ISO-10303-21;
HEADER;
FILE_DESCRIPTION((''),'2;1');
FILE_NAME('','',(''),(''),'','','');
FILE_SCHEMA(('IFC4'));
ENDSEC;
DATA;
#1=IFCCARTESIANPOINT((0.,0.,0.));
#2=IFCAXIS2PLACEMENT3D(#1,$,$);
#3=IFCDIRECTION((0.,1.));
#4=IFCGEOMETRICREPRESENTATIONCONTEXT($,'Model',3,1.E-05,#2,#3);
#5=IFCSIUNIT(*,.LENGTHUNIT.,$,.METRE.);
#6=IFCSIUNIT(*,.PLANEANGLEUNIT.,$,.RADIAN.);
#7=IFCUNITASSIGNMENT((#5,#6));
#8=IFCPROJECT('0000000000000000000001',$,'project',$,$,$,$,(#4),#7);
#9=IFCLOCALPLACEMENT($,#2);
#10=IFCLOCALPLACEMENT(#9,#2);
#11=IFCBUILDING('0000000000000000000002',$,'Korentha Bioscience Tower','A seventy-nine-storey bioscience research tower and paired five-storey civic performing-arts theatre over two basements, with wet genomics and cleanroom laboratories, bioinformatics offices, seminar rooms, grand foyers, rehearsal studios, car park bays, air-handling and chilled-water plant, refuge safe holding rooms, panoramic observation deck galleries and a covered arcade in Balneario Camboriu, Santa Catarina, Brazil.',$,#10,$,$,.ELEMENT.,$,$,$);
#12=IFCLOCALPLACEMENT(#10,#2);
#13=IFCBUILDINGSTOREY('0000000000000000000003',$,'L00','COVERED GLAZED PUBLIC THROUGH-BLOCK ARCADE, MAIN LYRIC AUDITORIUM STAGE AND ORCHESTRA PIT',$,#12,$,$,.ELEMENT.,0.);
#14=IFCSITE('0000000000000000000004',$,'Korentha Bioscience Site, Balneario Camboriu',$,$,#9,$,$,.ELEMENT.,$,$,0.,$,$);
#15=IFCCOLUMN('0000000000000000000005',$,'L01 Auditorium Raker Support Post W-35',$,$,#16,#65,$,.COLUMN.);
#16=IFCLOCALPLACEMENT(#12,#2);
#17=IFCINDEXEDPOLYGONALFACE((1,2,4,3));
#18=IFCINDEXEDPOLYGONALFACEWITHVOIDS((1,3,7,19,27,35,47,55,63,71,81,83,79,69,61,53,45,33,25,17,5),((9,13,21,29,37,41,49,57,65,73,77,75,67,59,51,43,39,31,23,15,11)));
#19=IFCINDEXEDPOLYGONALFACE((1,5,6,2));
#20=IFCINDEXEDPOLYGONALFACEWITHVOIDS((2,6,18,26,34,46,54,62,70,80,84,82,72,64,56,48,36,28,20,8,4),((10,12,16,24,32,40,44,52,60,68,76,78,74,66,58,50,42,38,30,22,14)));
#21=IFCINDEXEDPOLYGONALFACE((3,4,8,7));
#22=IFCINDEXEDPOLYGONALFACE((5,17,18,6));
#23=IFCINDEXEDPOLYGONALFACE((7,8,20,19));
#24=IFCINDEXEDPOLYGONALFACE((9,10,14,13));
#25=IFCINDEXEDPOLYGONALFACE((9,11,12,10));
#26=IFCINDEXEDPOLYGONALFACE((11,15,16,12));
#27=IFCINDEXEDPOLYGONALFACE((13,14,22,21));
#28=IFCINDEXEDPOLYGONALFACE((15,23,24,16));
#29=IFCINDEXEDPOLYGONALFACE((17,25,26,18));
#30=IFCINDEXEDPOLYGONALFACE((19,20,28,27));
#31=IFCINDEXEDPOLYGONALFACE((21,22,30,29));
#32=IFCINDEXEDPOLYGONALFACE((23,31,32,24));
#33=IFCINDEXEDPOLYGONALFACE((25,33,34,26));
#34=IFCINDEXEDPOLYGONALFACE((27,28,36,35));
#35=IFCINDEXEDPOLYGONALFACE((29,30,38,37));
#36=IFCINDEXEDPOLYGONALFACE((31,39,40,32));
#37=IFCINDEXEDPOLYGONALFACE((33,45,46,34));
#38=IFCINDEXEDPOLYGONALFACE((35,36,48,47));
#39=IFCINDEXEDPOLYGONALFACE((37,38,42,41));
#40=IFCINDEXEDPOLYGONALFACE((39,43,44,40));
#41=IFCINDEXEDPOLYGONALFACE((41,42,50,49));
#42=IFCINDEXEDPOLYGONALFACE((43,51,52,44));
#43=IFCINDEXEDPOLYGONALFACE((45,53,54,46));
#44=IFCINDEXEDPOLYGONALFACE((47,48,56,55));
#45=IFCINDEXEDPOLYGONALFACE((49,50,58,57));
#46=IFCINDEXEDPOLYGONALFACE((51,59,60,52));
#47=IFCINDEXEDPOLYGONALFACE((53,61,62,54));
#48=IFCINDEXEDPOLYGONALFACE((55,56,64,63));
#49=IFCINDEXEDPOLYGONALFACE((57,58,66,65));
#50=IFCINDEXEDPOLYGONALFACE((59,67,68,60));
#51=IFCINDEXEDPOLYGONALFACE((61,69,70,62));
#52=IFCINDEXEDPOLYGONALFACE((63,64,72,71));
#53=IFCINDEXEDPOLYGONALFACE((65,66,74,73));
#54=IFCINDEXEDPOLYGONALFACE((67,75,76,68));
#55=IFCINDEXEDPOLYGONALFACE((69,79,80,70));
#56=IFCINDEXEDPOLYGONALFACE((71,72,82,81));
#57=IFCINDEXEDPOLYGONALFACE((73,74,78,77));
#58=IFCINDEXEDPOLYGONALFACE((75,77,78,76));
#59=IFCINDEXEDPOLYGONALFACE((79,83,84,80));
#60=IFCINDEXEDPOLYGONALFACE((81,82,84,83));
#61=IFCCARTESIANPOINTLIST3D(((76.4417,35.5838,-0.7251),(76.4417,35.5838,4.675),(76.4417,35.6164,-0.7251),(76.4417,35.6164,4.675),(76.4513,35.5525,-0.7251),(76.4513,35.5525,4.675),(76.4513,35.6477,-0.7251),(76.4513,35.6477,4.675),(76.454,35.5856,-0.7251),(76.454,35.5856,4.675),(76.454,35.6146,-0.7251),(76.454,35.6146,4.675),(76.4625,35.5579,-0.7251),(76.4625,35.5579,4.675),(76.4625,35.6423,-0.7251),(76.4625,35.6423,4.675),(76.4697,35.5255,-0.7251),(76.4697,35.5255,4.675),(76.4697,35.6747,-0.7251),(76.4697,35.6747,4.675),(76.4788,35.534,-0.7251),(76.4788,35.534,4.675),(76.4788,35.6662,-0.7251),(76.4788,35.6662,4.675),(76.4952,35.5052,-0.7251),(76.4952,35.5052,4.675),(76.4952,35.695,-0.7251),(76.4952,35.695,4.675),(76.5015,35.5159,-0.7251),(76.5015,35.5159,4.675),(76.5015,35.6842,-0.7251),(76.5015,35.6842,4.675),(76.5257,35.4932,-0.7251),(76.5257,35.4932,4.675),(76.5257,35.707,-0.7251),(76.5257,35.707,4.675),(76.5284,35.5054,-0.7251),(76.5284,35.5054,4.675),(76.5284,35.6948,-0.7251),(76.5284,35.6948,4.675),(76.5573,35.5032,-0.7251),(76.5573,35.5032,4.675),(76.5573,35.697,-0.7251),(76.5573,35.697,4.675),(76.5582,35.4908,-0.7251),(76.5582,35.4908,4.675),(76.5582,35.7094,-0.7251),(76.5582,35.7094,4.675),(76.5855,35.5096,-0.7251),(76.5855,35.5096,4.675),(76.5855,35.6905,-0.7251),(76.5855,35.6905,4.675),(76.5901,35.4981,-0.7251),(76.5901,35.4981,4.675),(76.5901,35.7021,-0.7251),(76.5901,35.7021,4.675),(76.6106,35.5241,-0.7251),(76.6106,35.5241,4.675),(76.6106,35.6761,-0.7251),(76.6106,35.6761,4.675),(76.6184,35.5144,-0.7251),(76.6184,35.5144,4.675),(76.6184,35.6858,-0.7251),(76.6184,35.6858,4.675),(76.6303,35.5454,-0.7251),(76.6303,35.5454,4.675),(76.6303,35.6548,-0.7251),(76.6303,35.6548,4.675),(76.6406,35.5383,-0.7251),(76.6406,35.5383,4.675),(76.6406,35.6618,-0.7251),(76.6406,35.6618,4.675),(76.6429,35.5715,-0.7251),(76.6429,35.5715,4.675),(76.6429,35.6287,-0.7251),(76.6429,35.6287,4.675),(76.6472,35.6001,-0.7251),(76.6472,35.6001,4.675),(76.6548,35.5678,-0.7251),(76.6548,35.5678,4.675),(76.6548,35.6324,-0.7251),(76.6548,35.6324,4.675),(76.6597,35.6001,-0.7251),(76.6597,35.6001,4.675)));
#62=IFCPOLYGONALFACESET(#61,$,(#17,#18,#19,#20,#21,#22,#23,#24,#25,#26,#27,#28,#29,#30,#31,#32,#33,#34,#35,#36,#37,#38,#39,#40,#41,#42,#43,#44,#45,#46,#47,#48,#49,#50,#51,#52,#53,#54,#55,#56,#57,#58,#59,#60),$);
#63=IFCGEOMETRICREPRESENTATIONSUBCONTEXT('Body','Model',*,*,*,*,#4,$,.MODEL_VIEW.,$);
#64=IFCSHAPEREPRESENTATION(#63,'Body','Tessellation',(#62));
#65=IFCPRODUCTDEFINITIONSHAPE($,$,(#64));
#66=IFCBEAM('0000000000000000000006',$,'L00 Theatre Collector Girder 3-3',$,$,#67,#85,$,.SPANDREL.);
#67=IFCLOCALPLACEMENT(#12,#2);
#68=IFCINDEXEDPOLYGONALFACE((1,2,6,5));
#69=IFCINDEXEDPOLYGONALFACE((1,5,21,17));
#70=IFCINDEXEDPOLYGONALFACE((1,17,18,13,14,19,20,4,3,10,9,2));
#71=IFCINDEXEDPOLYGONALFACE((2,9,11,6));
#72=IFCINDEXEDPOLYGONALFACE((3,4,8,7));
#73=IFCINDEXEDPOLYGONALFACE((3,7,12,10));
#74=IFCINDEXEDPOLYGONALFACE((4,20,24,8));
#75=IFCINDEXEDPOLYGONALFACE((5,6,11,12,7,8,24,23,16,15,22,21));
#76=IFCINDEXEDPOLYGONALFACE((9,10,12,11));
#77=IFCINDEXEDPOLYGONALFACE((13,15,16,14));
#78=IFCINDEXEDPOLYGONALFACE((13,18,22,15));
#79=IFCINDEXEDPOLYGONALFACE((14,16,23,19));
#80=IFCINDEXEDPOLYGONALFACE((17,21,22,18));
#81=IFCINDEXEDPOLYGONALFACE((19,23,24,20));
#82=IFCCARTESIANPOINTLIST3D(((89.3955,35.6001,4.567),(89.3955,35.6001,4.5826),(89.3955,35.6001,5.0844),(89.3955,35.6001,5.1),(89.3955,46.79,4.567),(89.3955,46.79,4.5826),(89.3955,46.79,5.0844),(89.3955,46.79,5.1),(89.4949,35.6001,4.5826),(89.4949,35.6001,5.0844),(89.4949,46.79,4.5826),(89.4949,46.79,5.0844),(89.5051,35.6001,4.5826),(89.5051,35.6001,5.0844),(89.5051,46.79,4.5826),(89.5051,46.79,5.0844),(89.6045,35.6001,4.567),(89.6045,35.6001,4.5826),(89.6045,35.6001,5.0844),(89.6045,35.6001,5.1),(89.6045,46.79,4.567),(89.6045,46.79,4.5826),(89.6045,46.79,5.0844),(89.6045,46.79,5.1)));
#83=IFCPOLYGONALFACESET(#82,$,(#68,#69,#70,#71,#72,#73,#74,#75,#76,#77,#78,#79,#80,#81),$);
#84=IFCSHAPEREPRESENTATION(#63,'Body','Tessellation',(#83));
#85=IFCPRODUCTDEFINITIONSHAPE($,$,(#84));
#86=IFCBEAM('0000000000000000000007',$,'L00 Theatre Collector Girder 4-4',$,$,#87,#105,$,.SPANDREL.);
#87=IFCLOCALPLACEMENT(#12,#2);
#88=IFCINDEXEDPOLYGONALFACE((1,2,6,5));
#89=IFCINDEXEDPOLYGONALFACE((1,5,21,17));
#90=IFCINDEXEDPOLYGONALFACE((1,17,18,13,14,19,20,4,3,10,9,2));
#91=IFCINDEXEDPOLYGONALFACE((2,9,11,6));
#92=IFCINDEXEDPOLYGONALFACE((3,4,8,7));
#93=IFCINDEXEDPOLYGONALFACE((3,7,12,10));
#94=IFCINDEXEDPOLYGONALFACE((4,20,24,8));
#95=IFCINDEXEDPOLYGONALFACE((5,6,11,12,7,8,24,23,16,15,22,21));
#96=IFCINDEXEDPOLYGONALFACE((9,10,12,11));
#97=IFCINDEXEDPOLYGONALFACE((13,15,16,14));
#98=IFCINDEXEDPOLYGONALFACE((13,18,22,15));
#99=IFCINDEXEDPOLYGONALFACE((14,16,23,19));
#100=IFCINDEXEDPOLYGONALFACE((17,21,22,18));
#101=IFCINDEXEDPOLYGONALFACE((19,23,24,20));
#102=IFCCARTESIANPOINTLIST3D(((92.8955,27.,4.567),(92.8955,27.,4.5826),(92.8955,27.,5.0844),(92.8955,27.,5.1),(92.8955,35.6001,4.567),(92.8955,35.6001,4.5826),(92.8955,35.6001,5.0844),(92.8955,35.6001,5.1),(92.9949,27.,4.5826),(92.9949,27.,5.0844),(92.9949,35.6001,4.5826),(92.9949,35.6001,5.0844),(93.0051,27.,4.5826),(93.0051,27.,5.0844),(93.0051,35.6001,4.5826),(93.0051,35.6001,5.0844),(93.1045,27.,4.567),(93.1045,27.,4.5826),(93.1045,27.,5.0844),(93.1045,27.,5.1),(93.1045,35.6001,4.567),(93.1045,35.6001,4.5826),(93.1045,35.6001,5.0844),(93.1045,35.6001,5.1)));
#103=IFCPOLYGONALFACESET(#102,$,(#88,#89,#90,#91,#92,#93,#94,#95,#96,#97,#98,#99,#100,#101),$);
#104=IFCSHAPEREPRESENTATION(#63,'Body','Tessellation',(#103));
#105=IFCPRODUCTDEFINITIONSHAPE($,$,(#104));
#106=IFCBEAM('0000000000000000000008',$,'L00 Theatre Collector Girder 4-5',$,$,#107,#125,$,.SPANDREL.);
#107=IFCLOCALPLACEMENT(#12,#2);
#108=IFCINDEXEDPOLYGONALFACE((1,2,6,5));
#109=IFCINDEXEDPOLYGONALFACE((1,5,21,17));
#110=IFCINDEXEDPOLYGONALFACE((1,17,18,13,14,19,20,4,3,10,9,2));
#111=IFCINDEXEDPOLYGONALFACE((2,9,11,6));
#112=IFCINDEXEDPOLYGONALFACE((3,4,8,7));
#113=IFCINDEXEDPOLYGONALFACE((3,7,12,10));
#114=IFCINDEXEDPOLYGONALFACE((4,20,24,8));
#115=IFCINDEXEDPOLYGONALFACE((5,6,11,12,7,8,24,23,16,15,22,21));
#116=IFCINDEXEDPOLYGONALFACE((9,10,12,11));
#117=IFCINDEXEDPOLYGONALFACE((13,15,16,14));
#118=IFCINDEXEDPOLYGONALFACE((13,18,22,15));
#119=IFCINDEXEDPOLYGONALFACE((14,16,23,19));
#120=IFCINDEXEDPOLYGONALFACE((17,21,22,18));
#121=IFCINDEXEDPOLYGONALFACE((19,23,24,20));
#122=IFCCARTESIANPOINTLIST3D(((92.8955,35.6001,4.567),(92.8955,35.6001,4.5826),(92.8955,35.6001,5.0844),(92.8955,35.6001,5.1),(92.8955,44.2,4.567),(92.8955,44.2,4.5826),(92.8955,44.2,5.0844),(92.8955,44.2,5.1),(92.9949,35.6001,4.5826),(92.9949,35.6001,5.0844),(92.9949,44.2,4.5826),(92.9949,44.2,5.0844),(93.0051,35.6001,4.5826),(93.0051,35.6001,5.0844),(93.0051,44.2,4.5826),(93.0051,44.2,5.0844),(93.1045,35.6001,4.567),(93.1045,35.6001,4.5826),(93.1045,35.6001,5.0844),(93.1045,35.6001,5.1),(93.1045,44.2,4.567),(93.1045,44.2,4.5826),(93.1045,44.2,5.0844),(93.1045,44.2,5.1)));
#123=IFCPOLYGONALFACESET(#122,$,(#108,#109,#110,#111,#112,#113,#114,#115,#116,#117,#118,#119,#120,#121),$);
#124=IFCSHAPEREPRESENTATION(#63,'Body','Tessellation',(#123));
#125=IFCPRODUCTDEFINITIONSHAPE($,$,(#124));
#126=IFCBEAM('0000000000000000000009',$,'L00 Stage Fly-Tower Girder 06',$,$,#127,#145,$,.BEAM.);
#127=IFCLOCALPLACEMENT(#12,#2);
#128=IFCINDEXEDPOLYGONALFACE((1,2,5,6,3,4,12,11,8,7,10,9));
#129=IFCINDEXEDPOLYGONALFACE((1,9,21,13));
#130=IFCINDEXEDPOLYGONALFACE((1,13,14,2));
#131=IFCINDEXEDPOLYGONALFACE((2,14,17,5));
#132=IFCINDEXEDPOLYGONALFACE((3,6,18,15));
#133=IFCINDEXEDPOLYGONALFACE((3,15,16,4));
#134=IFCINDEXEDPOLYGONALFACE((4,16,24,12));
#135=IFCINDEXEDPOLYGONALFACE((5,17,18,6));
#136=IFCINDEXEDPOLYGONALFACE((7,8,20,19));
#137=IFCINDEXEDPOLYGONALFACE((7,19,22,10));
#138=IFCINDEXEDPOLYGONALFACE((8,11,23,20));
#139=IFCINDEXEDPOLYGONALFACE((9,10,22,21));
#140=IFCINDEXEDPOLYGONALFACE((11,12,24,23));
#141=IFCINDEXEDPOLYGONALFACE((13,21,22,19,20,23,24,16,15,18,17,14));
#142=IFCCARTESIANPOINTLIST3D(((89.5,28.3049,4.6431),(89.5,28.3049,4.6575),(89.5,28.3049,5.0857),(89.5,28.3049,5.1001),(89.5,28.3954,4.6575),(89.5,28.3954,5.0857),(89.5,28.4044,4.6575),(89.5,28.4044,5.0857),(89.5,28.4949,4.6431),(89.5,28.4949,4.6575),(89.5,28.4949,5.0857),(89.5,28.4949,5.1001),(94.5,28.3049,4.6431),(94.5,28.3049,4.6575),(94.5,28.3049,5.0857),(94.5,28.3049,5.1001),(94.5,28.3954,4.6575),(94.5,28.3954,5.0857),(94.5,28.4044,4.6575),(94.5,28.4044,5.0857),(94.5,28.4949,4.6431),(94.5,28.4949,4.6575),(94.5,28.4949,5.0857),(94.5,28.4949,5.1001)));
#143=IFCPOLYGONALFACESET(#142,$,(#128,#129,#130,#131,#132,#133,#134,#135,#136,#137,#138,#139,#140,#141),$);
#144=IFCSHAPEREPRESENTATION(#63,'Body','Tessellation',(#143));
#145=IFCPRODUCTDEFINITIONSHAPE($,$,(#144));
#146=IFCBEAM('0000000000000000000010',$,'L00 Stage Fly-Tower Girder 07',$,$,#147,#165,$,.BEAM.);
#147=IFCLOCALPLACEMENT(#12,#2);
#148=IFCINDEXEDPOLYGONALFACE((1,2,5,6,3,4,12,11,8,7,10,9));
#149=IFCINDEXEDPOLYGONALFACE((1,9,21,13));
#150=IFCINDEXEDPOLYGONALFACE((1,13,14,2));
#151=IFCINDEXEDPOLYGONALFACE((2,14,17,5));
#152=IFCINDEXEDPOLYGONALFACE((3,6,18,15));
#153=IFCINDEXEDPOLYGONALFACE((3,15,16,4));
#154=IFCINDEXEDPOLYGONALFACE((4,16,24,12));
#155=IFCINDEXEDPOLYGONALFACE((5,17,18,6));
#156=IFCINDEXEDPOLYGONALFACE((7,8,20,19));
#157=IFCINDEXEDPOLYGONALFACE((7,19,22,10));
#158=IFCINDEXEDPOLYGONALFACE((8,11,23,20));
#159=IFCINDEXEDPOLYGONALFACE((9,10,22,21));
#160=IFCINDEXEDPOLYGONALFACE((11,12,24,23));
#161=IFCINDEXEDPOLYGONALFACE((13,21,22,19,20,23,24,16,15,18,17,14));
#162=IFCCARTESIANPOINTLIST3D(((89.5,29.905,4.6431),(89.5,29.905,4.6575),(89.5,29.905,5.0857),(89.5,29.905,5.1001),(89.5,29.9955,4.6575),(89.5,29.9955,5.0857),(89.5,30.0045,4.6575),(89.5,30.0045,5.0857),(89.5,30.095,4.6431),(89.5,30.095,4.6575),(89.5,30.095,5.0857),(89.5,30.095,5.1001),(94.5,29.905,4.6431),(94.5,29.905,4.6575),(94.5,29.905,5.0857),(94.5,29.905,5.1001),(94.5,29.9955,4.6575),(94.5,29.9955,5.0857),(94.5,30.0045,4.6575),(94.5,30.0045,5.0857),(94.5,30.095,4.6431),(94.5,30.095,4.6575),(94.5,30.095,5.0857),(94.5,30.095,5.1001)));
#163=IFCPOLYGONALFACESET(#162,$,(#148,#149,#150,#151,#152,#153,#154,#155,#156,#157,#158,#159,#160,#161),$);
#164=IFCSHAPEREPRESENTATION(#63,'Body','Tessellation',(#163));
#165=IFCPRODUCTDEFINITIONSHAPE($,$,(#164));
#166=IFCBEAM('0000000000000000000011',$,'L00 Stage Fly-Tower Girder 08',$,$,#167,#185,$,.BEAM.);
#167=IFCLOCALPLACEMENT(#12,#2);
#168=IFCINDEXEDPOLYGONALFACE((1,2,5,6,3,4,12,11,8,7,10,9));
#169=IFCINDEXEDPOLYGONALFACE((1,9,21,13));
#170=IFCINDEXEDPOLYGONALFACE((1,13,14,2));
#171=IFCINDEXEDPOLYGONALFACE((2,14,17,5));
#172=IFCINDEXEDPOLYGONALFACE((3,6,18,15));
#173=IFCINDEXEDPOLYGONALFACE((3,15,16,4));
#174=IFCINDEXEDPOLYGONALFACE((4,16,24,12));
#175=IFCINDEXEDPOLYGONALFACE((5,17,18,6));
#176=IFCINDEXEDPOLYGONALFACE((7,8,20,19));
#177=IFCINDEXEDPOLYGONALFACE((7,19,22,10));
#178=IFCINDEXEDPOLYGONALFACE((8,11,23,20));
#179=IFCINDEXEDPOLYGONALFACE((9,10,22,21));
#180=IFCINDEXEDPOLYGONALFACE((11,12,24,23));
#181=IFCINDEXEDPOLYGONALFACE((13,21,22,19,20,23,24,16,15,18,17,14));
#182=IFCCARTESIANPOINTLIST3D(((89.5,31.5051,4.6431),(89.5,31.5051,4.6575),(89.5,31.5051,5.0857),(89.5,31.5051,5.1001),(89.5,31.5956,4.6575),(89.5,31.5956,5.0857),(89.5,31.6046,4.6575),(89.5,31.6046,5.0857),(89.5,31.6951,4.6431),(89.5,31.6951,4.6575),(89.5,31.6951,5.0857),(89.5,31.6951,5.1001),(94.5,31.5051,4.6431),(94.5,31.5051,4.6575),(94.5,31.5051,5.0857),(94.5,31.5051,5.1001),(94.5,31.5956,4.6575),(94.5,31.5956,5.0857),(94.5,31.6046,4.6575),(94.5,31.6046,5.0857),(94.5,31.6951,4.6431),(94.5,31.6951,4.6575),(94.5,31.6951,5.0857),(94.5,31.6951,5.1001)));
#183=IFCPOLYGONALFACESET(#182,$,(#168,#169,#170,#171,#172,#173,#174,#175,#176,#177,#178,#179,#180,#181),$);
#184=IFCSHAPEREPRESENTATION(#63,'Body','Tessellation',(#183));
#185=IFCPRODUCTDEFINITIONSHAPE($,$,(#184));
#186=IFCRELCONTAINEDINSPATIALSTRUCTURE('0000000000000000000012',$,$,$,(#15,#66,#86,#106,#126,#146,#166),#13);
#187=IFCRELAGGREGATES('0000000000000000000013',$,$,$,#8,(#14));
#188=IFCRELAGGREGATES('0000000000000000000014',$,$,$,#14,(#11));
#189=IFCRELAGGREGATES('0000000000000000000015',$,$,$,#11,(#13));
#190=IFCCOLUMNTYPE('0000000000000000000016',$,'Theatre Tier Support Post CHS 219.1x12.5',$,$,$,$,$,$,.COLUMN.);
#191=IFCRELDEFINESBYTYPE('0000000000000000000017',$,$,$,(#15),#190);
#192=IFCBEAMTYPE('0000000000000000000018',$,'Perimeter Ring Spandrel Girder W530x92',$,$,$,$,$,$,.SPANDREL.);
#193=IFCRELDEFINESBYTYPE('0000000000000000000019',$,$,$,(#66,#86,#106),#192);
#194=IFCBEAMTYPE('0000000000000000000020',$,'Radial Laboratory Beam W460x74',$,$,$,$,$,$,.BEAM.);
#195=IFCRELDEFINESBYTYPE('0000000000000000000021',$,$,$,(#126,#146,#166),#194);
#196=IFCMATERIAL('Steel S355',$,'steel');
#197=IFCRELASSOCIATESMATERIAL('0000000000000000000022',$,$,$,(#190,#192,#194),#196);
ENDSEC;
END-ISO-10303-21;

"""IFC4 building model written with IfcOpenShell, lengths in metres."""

from ifc_helpers import new_model, si_unit, direction, frame, origin, origin_2d, place, context, subcontext, project, spatial, hollow_circle, i_section, extrude, material, material_profile, profile_set, type_object, element, save


model = new_model("IFC4")

# Units and contexts
model_context = context("Model", 3, precision=1e-05, world=origin(), true_north=direction((0.0, 1.0)))
body_context = subcontext(model_context, "Body", "Model", "MODEL_VIEW")
ifc_project = project(units=[si_unit("LENGTHUNIT", "METRE"), si_unit("PLANEANGLEUNIT", "RADIAN")], contexts=[model_context])

# Site, building, storey
site_placement = place(None, origin())
site = spatial("IfcSite", under=ifc_project, at=site_placement, Name="Korentha Bioscience Site, Balneario Camboriu", CompositionType="ELEMENT", RefElevation=0.0)
building_placement = place(site_placement, origin())
building = spatial("IfcBuilding", under=site, at=building_placement, Name="Korentha Bioscience Tower", Description="A seventy-nine-storey bioscience research tower and paired five-storey civic performing-arts theatre over two basements, with wet genomics and cleanroom laboratories, bioinformatics offices, seminar rooms, grand foyers, rehearsal studios, car park bays, air-handling and chilled-water plant, refuge safe holding rooms, panoramic observation deck galleries and a covered arcade in Balneario Camboriu, Santa Catarina, Brazil.", CompositionType="ELEMENT")
storey_placement = place(building_placement, origin())
storey = spatial("IfcBuildingStorey", under=building, at=storey_placement, Name="L00", Description="COVERED GLAZED PUBLIC THROUGH-BLOCK ARCADE, MAIN LYRIC AUDITORIUM STAGE AND ORCHESTRA PIT", CompositionType="ELEMENT", Elevation=0.0)

# Column
ifc_material_1 = material(Name="Steel S355", Category="steel")
ifc_material_profile_1 = material_profile(ifc_material_1, hollow_circle(Radius=0.1096, WallThickness=0.0125, at=origin_2d()), Name="Steel S355")
ifc_profile_set_1 = profile_set([ifc_material_profile_1], Name="Steel S355 (TC-P219)")
column_type_1 = type_object("IfcColumnType", Name="Theatre Tier Support Post CHS 219.1x12.5", PredefinedType="COLUMN", material=ifc_profile_set_1)
column_1_placement = place(storey_placement, frame((76.55, 35.6001, -0.7251), z_axis=(0.0, 0.0, 1.0), x_axis=(1.0, 0.0, 0.0)))
element("IfcColumn", 1, at=column_1_placement, inside=storey, type_object=column_type_1, Name="L01 Auditorium Raker Support Post W-35", PredefinedType="COLUMN", context=body_context, shape_type="SweptSolid", body=[
    extrude(hollow_circle(Radius=0.1096, WallThickness=0.0125, at=origin_2d()), origin(), (0.0, 0.0, 1.0), 5.4001),
])

# Beams
ifc_material_profile_2 = material_profile(ifc_material_1, i_section(OverallWidth=0.209, OverallDepth=0.533, WebThickness=0.0103, FlangeThickness=0.0156, at=origin_2d()), Name="Steel S355")
ifc_profile_set_2 = profile_set([ifc_material_profile_2], Name="Steel S355 (SB-530)")
beam_type_1 = type_object("IfcBeamType", Name="Perimeter Ring Spandrel Girder W530x92", PredefinedType="SPANDREL", material=ifc_profile_set_2)
beam_1_placement = place(storey_placement, frame((89.5, 35.6001, 4.8335), z_axis=(0.0, 1.0, 0.0), x_axis=(-1.0, 0.0, 0.0)))
element("IfcBeam", 2, at=beam_1_placement, inside=storey, type_object=beam_type_1, Name="L00 Theatre Collector Girder 3-3", PredefinedType="SPANDREL", context=body_context, shape_type="SweptSolid", body=[
    extrude(i_section(OverallWidth=0.209, OverallDepth=0.533, WebThickness=0.0103, FlangeThickness=0.0156, at=origin_2d()), origin(), (0.0, 0.0, 1.0), 11.1899),
])
beam_2_placement = place(storey_placement, frame((93.0, 27.0, 4.8335), z_axis=(0.0, 1.0, 0.0), x_axis=(-1.0, 0.0, 0.0)))
element("IfcBeam", 3, at=beam_2_placement, inside=storey, type_object=beam_type_1, Name="L00 Theatre Collector Girder 4-4", PredefinedType="SPANDREL", context=body_context, shape_type="SweptSolid", body=[
    extrude(i_section(OverallWidth=0.209, OverallDepth=0.533, WebThickness=0.0103, FlangeThickness=0.0156, at=origin_2d()), origin(), (0.0, 0.0, 1.0), 8.6001),
])
beam_3_placement = place(storey_placement, frame((93.0, 35.6001, 4.8335), z_axis=(0.0, 1.0, 0.0), x_axis=(-1.0, 0.0, 0.0)))
element("IfcBeam", 4, at=beam_3_placement, inside=storey, type_object=beam_type_1, Name="L00 Theatre Collector Girder 4-5", PredefinedType="SPANDREL", context=body_context, shape_type="SweptSolid", body=[
    extrude(i_section(OverallWidth=0.209, OverallDepth=0.533, WebThickness=0.0103, FlangeThickness=0.0156, at=origin_2d()), origin(), (0.0, 0.0, 1.0), 8.5999),
])
ifc_material_profile_3 = material_profile(ifc_material_1, i_section(OverallWidth=0.1899, OverallDepth=0.457, WebThickness=0.009, FlangeThickness=0.0144, at=origin_2d()), Name="Steel S355")
ifc_profile_set_3 = profile_set([ifc_material_profile_3], Name="Steel S355 (RB-460)")
beam_type_2 = type_object("IfcBeamType", Name="Radial Laboratory Beam W460x74", PredefinedType="BEAM", material=ifc_profile_set_3)
for number, where, z_axis, x_axis, name in (
    (5, (89.5, 28.3999, 4.8716), (1.0, 0.0, 0.0), (0.0, 1.0, 0.0), "L00 Stage Fly-Tower Girder 06"),
    (6, (89.5, 30.0, 4.8716), (1.0, 0.0, 0.0), (0.0, 1.0, 0.0), "L00 Stage Fly-Tower Girder 07"),
    (7, (89.5, 31.6001, 4.8716), (1.0, 0.0, 0.0), (0.0, 1.0, 0.0), "L00 Stage Fly-Tower Girder 08"),
):
    element("IfcBeam", number, at=place(storey_placement, frame(where, z_axis=z_axis, x_axis=x_axis)), inside=storey, type_object=beam_type_2, Name=name, PredefinedType="BEAM", context=body_context, shape_type="SweptSolid", body=[
        extrude(i_section(OverallWidth=0.1899, OverallDepth=0.457, WebThickness=0.009, FlangeThickness=0.0144, at=origin_2d()), origin(), (0.0, 0.0, 1.0), 5.0),
    ])

save(model, "model.ifc")
